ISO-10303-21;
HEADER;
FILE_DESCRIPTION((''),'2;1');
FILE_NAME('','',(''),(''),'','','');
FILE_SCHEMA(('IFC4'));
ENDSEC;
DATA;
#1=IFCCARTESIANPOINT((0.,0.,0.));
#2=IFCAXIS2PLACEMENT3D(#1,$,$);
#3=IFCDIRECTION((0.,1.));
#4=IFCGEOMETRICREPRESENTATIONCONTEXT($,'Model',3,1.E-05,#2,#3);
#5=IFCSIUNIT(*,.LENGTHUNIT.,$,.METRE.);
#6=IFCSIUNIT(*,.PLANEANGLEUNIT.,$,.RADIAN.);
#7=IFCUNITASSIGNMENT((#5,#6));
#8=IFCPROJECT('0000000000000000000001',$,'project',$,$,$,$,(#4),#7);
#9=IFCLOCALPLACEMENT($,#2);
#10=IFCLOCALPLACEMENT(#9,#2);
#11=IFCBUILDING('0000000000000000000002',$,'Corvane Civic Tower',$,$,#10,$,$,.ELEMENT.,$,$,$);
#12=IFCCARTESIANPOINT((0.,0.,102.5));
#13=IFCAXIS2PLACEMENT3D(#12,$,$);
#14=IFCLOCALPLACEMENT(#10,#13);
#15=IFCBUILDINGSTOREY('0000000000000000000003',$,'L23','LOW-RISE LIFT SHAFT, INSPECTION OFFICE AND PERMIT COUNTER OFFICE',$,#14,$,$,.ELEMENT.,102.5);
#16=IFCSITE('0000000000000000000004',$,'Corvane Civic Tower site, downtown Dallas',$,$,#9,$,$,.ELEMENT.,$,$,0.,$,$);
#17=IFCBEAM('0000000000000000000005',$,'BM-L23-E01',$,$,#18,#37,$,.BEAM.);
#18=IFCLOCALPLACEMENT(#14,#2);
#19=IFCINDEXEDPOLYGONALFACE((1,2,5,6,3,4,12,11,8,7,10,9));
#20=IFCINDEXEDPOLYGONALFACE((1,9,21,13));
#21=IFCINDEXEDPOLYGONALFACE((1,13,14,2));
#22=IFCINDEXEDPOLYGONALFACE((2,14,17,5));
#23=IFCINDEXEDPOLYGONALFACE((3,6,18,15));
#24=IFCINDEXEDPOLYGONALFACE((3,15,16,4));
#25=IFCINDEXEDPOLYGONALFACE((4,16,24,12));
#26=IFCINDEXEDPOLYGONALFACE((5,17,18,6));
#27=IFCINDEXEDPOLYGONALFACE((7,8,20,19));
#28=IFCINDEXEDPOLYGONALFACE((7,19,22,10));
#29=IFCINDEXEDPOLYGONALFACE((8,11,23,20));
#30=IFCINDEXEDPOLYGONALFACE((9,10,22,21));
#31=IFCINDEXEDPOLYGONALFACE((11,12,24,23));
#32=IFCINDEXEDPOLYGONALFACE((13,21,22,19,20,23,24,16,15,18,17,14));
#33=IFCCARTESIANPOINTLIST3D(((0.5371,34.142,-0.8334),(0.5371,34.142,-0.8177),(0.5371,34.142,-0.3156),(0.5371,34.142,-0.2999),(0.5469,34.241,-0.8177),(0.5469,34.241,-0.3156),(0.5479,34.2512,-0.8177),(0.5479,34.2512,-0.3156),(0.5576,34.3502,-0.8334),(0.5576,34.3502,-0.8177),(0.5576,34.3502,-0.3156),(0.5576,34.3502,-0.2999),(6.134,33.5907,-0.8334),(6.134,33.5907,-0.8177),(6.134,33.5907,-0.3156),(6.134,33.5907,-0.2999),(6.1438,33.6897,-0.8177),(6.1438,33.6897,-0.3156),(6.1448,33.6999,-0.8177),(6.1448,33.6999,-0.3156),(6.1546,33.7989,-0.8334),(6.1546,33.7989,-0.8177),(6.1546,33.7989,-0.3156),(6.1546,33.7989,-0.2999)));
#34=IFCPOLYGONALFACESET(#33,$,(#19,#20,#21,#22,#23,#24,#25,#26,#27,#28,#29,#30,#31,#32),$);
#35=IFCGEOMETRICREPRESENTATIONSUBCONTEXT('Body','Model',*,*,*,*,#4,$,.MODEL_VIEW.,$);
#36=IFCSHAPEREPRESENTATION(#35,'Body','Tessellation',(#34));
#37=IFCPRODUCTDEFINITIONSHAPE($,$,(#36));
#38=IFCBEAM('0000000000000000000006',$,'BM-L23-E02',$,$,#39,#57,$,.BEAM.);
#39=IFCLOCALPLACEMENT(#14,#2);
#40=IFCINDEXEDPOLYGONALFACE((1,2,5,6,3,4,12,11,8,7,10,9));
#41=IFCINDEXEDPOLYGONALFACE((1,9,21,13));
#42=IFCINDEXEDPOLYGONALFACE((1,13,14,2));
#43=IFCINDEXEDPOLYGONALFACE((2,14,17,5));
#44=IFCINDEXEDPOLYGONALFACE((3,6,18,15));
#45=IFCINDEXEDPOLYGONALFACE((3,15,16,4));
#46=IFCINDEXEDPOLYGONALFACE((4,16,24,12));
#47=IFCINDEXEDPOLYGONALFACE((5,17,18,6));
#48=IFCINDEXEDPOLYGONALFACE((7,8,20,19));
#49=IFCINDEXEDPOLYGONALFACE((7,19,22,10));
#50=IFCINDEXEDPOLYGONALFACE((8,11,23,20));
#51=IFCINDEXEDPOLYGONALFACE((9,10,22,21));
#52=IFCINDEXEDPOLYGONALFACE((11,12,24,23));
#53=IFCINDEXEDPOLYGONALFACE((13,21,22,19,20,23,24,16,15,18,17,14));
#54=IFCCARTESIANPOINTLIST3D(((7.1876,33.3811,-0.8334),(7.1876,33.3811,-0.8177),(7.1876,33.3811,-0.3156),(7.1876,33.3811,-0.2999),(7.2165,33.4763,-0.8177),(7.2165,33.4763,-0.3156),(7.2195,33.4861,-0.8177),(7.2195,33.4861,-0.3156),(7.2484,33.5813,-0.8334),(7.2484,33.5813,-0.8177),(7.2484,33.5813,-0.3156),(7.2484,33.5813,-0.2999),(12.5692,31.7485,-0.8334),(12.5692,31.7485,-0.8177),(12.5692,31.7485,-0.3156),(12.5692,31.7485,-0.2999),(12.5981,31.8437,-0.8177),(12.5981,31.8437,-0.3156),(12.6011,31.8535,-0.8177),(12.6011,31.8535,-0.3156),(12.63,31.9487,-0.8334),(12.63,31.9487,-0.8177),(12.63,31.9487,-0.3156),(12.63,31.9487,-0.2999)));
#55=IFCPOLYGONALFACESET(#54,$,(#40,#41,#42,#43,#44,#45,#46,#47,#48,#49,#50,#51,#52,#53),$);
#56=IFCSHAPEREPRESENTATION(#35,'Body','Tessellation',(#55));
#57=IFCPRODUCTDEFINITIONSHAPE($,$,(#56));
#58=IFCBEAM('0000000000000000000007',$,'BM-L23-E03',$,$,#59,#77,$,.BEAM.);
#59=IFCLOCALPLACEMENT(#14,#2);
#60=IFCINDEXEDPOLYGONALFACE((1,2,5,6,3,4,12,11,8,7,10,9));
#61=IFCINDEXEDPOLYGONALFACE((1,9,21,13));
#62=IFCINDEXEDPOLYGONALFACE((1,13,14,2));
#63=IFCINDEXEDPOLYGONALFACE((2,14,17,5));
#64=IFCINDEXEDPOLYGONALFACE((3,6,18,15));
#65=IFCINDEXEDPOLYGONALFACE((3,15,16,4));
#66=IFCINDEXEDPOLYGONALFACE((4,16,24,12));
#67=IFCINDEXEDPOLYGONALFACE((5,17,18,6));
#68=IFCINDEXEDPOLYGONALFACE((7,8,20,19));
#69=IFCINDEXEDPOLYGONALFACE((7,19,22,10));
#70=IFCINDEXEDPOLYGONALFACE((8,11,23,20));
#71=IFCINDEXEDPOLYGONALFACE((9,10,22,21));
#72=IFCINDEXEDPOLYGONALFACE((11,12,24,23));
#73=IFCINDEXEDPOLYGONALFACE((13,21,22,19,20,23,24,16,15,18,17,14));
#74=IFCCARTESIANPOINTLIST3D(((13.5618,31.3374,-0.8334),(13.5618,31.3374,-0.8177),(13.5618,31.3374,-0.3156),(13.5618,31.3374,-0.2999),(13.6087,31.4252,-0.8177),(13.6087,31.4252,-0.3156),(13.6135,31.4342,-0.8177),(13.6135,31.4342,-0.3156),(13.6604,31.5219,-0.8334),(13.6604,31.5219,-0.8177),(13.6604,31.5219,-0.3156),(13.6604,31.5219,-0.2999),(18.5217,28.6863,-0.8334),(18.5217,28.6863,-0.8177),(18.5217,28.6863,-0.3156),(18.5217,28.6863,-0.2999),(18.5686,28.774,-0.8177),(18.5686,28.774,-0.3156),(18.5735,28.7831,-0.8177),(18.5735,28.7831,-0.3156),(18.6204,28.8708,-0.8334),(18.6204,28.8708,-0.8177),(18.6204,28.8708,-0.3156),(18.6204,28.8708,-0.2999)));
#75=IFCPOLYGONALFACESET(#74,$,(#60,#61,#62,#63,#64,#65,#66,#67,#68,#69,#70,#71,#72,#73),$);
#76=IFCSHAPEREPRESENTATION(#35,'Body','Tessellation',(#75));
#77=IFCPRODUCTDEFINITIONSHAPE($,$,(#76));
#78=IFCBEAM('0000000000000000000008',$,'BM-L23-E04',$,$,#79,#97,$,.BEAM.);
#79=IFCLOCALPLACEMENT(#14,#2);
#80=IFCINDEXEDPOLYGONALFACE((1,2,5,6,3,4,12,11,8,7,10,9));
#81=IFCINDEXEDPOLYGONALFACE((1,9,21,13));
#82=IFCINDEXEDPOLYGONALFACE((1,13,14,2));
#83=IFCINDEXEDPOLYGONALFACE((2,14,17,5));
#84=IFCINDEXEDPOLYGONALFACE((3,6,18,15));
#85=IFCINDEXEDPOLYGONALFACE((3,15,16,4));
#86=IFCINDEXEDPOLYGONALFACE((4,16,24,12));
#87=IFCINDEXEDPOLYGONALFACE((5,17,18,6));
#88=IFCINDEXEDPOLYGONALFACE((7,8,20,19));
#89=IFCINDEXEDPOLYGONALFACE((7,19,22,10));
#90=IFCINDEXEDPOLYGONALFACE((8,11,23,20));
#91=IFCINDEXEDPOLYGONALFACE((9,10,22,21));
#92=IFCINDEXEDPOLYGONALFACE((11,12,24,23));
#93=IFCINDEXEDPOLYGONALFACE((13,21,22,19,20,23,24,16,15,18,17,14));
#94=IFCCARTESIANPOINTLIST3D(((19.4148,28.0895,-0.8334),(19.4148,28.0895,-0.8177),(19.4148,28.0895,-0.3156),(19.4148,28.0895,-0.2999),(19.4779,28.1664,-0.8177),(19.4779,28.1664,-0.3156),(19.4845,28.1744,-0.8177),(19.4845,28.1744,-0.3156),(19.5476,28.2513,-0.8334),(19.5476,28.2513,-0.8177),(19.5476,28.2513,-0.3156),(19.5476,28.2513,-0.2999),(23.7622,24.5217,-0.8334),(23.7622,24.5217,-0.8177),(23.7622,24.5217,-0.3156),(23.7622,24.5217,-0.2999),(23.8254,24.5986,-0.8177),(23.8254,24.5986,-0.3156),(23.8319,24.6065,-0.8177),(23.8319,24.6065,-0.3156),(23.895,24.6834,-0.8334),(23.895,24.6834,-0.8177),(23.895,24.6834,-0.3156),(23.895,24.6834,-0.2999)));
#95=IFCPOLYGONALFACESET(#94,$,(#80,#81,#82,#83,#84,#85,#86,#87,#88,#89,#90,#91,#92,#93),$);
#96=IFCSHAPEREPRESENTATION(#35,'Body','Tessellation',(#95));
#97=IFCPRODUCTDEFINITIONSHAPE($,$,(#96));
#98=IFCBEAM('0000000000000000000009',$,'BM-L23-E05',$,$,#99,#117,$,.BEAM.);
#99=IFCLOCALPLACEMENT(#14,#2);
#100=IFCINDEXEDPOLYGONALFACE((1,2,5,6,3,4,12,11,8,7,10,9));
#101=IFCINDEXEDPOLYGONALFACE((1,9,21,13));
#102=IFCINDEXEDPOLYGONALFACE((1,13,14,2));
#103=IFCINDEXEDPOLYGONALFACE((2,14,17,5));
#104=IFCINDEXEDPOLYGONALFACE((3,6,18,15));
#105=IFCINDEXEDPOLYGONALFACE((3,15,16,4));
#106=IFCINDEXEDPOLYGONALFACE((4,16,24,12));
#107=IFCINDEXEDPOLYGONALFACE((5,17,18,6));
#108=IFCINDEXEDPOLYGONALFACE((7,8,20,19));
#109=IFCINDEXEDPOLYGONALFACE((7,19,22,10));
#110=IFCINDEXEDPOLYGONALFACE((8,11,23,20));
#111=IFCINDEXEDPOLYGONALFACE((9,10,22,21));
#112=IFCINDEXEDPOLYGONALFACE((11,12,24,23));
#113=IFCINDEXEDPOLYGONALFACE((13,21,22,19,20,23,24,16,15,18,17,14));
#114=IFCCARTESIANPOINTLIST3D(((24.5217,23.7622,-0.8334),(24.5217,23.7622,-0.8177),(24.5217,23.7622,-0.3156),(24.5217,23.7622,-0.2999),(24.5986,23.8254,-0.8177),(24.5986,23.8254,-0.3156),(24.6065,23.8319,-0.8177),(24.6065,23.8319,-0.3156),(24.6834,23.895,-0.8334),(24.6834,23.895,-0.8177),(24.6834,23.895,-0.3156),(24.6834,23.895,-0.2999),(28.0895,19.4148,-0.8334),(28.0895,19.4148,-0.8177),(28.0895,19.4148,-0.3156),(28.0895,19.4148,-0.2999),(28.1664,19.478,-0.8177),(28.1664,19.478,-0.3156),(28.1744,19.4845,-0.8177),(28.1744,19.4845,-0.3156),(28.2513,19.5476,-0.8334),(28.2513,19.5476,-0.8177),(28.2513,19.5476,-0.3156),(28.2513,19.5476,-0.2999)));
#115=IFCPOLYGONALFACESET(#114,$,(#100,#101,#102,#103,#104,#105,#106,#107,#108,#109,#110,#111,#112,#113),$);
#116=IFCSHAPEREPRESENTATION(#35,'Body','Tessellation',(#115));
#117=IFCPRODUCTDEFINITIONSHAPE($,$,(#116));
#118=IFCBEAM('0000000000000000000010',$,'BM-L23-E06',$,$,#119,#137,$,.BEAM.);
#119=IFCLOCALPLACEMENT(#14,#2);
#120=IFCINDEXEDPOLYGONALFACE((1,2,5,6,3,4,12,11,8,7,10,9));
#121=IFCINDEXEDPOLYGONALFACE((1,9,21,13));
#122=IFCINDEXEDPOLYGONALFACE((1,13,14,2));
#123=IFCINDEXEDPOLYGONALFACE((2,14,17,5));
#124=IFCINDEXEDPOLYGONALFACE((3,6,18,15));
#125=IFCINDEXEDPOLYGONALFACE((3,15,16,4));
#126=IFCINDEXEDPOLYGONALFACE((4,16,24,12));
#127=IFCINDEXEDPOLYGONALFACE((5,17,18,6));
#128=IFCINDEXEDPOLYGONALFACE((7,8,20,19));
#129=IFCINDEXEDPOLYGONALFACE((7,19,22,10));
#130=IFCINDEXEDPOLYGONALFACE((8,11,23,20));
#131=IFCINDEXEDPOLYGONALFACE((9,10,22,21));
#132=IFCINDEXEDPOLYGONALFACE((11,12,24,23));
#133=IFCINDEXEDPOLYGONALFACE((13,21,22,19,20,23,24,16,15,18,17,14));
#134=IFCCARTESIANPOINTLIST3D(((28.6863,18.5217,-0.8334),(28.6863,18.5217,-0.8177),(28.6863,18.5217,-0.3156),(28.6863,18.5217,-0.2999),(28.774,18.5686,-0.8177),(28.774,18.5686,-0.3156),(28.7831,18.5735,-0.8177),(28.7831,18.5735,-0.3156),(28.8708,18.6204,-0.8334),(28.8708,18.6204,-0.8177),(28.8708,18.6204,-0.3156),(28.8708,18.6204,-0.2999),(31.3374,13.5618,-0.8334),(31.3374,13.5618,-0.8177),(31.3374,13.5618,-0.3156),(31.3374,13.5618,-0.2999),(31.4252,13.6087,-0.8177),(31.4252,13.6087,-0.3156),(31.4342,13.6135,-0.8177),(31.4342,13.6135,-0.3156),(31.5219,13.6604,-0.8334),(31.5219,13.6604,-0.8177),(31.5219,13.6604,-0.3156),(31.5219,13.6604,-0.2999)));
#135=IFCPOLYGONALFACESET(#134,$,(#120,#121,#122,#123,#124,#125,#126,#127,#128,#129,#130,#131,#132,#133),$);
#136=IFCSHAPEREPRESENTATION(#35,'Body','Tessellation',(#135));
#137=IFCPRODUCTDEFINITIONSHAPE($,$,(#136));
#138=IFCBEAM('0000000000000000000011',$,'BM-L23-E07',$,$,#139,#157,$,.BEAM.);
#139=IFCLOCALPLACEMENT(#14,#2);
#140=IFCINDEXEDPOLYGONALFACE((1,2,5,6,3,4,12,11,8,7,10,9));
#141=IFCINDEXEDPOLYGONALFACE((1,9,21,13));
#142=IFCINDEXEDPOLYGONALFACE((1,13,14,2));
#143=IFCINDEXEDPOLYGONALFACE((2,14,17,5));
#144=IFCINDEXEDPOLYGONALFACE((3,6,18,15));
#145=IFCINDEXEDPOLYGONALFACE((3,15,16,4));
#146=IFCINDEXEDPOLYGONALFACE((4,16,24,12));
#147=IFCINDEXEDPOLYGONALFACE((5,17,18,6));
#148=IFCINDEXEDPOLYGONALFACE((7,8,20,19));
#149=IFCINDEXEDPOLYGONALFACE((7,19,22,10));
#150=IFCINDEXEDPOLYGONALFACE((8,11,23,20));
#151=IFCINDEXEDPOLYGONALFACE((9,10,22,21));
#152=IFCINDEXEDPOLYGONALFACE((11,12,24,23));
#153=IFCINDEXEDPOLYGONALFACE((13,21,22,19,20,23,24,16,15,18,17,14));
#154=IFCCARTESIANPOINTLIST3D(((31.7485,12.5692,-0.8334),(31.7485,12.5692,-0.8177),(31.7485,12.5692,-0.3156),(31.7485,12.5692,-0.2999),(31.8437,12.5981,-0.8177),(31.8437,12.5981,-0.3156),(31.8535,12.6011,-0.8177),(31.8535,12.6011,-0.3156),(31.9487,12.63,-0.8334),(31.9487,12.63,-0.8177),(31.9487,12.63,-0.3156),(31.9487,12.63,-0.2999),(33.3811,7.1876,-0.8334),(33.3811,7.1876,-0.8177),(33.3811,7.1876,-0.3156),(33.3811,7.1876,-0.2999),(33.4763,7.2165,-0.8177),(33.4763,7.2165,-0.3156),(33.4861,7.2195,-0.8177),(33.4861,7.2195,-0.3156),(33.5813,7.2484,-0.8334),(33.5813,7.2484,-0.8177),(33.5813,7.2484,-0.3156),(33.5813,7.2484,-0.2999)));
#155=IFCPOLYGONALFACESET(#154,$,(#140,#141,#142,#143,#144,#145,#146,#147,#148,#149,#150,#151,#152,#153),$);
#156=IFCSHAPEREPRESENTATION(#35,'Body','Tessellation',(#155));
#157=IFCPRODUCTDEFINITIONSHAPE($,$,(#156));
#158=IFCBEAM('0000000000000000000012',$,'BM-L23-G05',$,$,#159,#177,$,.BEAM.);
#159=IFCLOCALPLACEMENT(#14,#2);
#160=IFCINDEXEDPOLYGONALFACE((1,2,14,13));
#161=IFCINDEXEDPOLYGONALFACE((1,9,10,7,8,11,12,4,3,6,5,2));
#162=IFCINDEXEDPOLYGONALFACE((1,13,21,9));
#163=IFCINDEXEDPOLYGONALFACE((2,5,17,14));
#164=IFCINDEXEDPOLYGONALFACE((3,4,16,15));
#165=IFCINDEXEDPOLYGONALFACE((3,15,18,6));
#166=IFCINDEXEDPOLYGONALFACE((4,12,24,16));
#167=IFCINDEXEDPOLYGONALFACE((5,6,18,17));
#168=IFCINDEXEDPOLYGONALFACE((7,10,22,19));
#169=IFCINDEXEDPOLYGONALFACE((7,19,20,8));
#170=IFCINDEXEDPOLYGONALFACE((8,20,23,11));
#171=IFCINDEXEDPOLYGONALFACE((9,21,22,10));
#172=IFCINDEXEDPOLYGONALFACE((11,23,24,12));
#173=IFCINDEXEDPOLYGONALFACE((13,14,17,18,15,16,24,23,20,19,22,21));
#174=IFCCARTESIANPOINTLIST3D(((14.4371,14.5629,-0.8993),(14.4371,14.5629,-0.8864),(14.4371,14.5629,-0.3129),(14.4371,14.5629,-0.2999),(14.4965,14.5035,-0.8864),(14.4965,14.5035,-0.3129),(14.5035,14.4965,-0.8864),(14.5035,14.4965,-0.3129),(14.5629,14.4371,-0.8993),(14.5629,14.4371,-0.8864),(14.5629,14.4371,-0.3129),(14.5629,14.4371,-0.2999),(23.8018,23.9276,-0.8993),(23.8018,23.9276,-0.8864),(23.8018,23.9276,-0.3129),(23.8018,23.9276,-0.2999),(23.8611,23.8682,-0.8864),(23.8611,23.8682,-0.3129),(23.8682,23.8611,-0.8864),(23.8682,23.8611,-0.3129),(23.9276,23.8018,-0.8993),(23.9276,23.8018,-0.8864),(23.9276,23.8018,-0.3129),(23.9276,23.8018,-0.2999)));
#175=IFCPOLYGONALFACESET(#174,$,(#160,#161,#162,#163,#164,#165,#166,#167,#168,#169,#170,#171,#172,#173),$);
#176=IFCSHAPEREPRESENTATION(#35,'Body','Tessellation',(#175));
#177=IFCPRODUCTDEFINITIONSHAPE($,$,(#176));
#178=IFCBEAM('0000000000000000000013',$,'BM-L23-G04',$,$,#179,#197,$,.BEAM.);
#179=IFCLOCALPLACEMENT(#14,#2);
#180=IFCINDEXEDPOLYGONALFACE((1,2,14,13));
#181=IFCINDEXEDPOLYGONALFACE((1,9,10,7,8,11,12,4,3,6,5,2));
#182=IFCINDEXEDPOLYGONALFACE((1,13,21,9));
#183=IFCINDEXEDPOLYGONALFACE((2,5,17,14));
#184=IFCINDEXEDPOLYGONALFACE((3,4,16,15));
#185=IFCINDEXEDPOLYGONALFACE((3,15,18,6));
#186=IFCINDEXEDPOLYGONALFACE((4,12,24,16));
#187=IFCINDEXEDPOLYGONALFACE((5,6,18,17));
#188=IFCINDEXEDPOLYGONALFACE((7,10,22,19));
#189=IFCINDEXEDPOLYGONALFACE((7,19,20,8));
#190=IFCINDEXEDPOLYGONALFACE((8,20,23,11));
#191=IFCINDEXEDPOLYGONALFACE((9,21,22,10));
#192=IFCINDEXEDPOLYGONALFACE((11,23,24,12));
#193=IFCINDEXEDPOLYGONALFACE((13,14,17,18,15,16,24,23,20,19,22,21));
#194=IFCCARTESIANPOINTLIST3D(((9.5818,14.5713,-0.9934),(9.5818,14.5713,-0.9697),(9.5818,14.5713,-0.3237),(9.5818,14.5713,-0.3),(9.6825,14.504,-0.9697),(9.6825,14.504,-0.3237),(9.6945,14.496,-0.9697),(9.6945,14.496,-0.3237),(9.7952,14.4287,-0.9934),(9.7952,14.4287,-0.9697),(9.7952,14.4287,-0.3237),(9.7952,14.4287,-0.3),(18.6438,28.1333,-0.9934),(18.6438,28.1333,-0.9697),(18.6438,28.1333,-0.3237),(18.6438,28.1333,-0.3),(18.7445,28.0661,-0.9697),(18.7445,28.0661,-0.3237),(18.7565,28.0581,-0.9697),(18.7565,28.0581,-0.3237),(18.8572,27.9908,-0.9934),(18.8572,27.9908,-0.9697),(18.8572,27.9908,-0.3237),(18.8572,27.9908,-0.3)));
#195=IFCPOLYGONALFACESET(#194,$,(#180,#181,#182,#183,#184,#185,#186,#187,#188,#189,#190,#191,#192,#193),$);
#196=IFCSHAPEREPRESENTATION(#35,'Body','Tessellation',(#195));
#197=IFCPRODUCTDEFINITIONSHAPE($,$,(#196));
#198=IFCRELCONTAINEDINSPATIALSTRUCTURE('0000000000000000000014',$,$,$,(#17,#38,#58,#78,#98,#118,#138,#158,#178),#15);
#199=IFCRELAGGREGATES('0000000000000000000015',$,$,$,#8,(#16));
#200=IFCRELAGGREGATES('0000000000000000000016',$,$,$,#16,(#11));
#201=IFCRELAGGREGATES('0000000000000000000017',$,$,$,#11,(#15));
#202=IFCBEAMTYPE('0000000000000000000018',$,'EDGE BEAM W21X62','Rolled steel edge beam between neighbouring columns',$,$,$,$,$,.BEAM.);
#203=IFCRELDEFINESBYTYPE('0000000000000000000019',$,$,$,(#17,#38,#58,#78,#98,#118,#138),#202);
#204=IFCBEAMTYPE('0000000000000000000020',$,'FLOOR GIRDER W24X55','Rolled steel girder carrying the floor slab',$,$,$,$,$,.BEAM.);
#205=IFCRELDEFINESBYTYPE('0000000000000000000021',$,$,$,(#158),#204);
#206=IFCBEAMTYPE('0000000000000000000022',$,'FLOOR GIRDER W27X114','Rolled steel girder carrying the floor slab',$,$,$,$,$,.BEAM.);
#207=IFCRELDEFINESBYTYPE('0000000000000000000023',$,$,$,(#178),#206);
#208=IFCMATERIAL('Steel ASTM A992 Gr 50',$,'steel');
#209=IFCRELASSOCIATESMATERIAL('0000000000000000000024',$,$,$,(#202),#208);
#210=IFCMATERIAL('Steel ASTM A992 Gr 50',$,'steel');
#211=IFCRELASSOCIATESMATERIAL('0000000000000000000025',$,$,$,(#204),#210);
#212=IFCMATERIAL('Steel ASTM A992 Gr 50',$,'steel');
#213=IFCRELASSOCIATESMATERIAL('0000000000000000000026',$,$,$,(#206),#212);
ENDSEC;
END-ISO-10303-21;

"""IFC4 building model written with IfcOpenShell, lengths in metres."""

from ifc_helpers import new_model, si_unit, direction, frame, origin, origin_2d, place, context, subcontext, project, spatial, i_section, extrude, material, material_profile, profile_set, type_object, element, save


model = new_model("IFC4")

# Units and contexts
model_context = context("Model", 3, precision=1e-05, world=origin(), true_north=direction((0.0, 1.0)))
body_context = subcontext(model_context, "Body", "Model", "MODEL_VIEW")
ifc_project = project(units=[si_unit("LENGTHUNIT", "METRE"), si_unit("PLANEANGLEUNIT", "RADIAN")], contexts=[model_context])

# Site, building, storey
site_placement = place(None, origin())
site = spatial("IfcSite", under=ifc_project, at=site_placement, Name="Corvane Civic Tower site, downtown Dallas", CompositionType="ELEMENT", RefElevation=0.0)
building_placement = place(site_placement, origin())
building = spatial("IfcBuilding", under=site, at=building_placement, Name="Corvane Civic Tower", CompositionType="ELEMENT")
storey_placement = place(building_placement, frame((0.0, 0.0, 102.5)))
storey = spatial("IfcBuildingStorey", under=building, at=storey_placement, Name="L23", Description="LOW-RISE LIFT SHAFT, INSPECTION OFFICE AND PERMIT COUNTER OFFICE", CompositionType="ELEMENT", Elevation=102.5)

# Beams
ifc_material_1 = material(Name="Steel ASTM A992 Gr 50", Category="steel")
ifc_material_profile_1 = material_profile(ifc_material_1, i_section(OverallWidth=0.2092, OverallDepth=0.5334, WebThickness=0.0103, FlangeThickness=0.0156, at=origin_2d()), Name="W21X62")
ifc_profile_set_1 = profile_set([ifc_material_profile_1], Name="Steel ASTM A992 Gr 50")
beam_type_1 = type_object("IfcBeamType", Name="EDGE BEAM W21X62", Description="Rolled steel edge beam between neighbouring columns", PredefinedType="BEAM", material=ifc_profile_set_1)
beam_1_placement = place(storey_placement, frame((0.5474, 34.2461, -0.5667), z_axis=(0.995184, -0.098021, 0.0), x_axis=(0.098021, 0.995184, 0.0)))
element("IfcBeam", 1, at=beam_1_placement, inside=storey, type_object=beam_type_1, Name="BM-L23-E01", PredefinedType="BEAM", context=body_context, shape_type="SweptSolid", body=[
    extrude(i_section(OverallWidth=0.2092, OverallDepth=0.5334, WebThickness=0.0103, FlangeThickness=0.0156, at=origin_2d()), origin(), (0.0, 0.0, 1.0), 5.624),
])
beam_2_placement = place(storey_placement, frame((7.218, 33.4812, -0.5667), z_axis=(0.956936, -0.290298, 0.0), x_axis=(0.290298, 0.956936, 0.0)))
element("IfcBeam", 2, at=beam_2_placement, inside=storey, type_object=beam_type_1, Name="BM-L23-E02", PredefinedType="BEAM", context=body_context, shape_type="SweptSolid", body=[
    extrude(i_section(OverallWidth=0.2092, OverallDepth=0.5334, WebThickness=0.0103, FlangeThickness=0.0156, at=origin_2d()), origin(), (0.0, 0.0, 1.0), 5.6238),
])
for number, where, z_axis, x_axis, name in (
    (3, (13.6111, 31.4297, -0.5667), (0.881924, -0.471392, 0.0), (0.471392, 0.881924, 0.0), "BM-L23-E03"),
    (4, (19.4812, 28.1704, -0.5667), (0.773007, -0.634398, 0.0), (0.634398, 0.773007, 0.0), "BM-L23-E04"),
    (5, (24.6025, 23.8286, -0.5667), (0.634398, -0.773007, 0.0), (0.773007, 0.634398, 0.0), "BM-L23-E05"),
    (6, (28.7786, 18.571, -0.5667), (0.471392, -0.881924, 0.0), (0.881924, 0.471392, 0.0), "BM-L23-E06"),
):
    element("IfcBeam", number, at=place(storey_placement, frame(where, z_axis=z_axis, x_axis=x_axis)), inside=storey, type_object=beam_type_1, Name=name, PredefinedType="BEAM", context=body_context, shape_type="SweptSolid", body=[
        extrude(i_section(OverallWidth=0.2092, OverallDepth=0.5334, WebThickness=0.0103, FlangeThickness=0.0156, at=origin_2d()), origin(), (0.0, 0.0, 1.0), 5.624),
    ])
beam_3_placement = place(storey_placement, frame((31.8486, 12.5996, -0.5667), z_axis=(0.290298, -0.956936, 0.0), x_axis=(0.956936, 0.290298, 0.0)))
element("IfcBeam", 7, at=beam_3_placement, inside=storey, type_object=beam_type_1, Name="BM-L23-E07", PredefinedType="BEAM", context=body_context, shape_type="SweptSolid", body=[
    extrude(i_section(OverallWidth=0.2092, OverallDepth=0.5334, WebThickness=0.0103, FlangeThickness=0.0156, at=origin_2d()), origin(), (0.0, 0.0, 1.0), 5.6238),
])
ifc_material_2 = material(Name="Steel ASTM A992 Gr 50", Category="steel")
ifc_material_profile_2 = material_profile(ifc_material_2, i_section(OverallWidth=0.178, OverallDepth=0.5994, WebThickness=0.01, FlangeThickness=0.0129, at=origin_2d()), Name="W24X55")
ifc_profile_set_2 = profile_set([ifc_material_profile_2], Name="Steel ASTM A992 Gr 50")
beam_type_2 = type_object("IfcBeamType", Name="FLOOR GIRDER W24X55", Description="Rolled steel girder carrying the floor slab", PredefinedType="BEAM", material=ifc_profile_set_2)
beam_4_placement = place(storey_placement, frame((14.5, 14.5, -0.5996), z_axis=(0.707107, 0.707107, 0.0), x_axis=(-0.707107, 0.707107, 0.0)))
element("IfcBeam", 8, at=beam_4_placement, inside=storey, type_object=beam_type_2, Name="BM-L23-G05", PredefinedType="BEAM", context=body_context, shape_type="SweptSolid", body=[
    extrude(i_section(OverallWidth=0.178, OverallDepth=0.5994, WebThickness=0.01, FlangeThickness=0.0129, at=origin_2d()), origin(), (0.0, 0.0, 1.0), 13.2437),
])
ifc_material_3 = material(Name="Steel ASTM A992 Gr 50", Category="steel")
ifc_material_profile_3 = material_profile(ifc_material_3, i_section(OverallWidth=0.2566, OverallDepth=0.6934, WebThickness=0.0144, FlangeThickness=0.0237, at=origin_2d()), Name="W27X114")
ifc_profile_set_3 = profile_set([ifc_material_profile_3], Name="Steel ASTM A992 Gr 50")
beam_type_3 = type_object("IfcBeamType", Name="FLOOR GIRDER W27X114", Description="Rolled steel girder carrying the floor slab", PredefinedType="BEAM", material=ifc_profile_set_3)
beam_5_placement = place(storey_placement, frame((9.6885, 14.5, -0.6467), z_axis=(0.555577, 0.831465, 0.0), x_axis=(-0.831465, 0.555577, 0.0)))
element("IfcBeam", 9, at=beam_5_placement, inside=storey, type_object=beam_type_3, Name="BM-L23-G04", PredefinedType="BEAM", context=body_context, shape_type="SweptSolid", body=[
    extrude(i_section(OverallWidth=0.2566, OverallDepth=0.6934, WebThickness=0.0144, FlangeThickness=0.0237, at=origin_2d()), origin(), (0.0, 0.0, 1.0), 16.311),
])

save(model, "model.ifc")
